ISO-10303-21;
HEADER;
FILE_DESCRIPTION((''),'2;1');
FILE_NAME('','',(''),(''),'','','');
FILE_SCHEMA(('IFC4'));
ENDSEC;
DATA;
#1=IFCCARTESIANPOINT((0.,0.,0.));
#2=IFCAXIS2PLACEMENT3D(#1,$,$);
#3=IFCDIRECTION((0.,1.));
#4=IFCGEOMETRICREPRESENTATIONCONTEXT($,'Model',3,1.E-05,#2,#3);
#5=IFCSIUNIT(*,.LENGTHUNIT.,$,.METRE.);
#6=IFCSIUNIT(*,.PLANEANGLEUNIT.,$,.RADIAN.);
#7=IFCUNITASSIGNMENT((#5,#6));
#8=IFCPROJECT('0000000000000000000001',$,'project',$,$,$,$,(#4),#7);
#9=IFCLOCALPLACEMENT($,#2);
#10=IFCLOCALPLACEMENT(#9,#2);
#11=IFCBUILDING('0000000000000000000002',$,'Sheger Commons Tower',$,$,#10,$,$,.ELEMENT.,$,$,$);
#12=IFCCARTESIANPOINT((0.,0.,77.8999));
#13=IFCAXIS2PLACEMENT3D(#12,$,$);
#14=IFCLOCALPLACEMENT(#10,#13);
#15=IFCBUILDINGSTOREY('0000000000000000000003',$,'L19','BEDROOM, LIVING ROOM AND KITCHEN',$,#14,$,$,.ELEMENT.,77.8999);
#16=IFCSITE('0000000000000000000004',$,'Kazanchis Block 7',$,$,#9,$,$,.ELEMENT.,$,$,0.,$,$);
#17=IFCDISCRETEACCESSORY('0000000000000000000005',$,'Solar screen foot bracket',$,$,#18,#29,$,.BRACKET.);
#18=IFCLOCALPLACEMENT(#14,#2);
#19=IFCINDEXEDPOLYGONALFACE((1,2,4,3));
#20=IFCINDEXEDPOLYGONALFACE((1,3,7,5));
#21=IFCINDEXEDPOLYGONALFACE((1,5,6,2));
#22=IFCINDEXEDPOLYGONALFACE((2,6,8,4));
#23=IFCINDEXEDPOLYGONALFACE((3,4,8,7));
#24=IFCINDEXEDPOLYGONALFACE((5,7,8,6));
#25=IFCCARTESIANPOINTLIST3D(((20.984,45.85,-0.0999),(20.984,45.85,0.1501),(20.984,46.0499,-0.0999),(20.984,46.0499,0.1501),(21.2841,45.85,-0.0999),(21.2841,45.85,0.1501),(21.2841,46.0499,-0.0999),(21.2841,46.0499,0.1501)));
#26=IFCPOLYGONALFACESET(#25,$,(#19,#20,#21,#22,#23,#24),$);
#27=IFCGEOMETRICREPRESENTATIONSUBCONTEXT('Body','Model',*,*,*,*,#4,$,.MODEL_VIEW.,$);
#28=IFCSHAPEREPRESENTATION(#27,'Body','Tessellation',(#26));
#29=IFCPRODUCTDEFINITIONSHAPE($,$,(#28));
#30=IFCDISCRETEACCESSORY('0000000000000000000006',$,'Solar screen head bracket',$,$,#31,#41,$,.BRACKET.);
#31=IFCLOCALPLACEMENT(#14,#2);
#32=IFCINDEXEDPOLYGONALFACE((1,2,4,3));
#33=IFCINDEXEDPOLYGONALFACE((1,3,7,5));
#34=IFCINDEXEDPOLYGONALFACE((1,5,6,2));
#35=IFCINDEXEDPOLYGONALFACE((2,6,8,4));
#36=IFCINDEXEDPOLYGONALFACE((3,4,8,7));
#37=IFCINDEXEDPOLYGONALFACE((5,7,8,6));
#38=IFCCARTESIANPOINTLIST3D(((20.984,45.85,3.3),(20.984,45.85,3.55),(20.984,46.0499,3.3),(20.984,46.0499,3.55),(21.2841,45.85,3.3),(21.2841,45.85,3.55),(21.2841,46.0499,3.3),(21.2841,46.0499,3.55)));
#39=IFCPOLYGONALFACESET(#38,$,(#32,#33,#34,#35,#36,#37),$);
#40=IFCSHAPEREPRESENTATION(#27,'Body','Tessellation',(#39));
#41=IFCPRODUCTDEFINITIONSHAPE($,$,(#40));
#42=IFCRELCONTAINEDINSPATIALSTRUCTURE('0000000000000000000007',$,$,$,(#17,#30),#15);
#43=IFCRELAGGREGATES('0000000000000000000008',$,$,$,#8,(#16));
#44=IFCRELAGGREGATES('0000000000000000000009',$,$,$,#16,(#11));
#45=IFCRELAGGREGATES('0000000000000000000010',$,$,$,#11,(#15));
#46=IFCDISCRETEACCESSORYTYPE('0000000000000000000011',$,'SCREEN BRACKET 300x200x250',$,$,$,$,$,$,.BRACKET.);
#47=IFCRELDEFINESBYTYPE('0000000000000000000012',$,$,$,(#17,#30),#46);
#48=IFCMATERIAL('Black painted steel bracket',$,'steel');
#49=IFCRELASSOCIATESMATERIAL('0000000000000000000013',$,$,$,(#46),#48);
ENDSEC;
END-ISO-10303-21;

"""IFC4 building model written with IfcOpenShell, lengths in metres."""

from ifc_helpers import new_model, si_unit, direction, frame, origin, origin_2d, place, context, subcontext, project, spatial, rectangle, extrude, material, type_object, element, save


model = new_model("IFC4")

# Units and contexts
model_context = context("Model", 3, precision=1e-05, world=origin(), true_north=direction((0.0, 1.0)))
body_context = subcontext(model_context, "Body", "Model", "MODEL_VIEW")
ifc_project = project(units=[si_unit("LENGTHUNIT", "METRE"), si_unit("PLANEANGLEUNIT", "RADIAN")], contexts=[model_context])

# Site, building, storey
site_placement = place(None, origin())
site = spatial("IfcSite", under=ifc_project, at=site_placement, Name="Kazanchis Block 7", CompositionType="ELEMENT", RefElevation=0.0)
building_placement = place(site_placement, origin())
building = spatial("IfcBuilding", under=site, at=building_placement, Name="Sheger Commons Tower", CompositionType="ELEMENT")
storey_placement = place(building_placement, frame((0.0, 0.0, 77.8999)))
storey = spatial("IfcBuildingStorey", under=building, at=storey_placement, Name="L19", Description="BEDROOM, LIVING ROOM AND KITCHEN", CompositionType="ELEMENT", Elevation=77.8999)

# Discrete accessories
ifc_material_1 = material(Name="Black painted steel bracket", Category="steel")
discrete_accessory_type = type_object("IfcDiscreteAccessoryType", Name="SCREEN BRACKET 300x200x250", PredefinedType="BRACKET", material=ifc_material_1)
for number, where, z_axis, x_axis, name in (
    (1, (21.134, 45.95, -0.0999), (0.0, 0.0, 1.0), (-1.0, 0.0, 0.0), "Solar screen foot bracket"),
    (2, (21.134, 45.95, 3.3), (0.0, 0.0, 1.0), (-1.0, 0.0, 0.0), "Solar screen head bracket"),
):
    element("IfcDiscreteAccessory", number, at=place(storey_placement, frame(where, z_axis=z_axis, x_axis=x_axis)), inside=storey, type_object=discrete_accessory_type, Name=name, PredefinedType="BRACKET", context=body_context, shape_type="SweptSolid", body=[
        extrude(rectangle(XDim=0.3, YDim=0.2, at=origin_2d()), origin(), (0.0, 0.0, 1.0), 0.25),
    ])

save(model, "model.ifc")
